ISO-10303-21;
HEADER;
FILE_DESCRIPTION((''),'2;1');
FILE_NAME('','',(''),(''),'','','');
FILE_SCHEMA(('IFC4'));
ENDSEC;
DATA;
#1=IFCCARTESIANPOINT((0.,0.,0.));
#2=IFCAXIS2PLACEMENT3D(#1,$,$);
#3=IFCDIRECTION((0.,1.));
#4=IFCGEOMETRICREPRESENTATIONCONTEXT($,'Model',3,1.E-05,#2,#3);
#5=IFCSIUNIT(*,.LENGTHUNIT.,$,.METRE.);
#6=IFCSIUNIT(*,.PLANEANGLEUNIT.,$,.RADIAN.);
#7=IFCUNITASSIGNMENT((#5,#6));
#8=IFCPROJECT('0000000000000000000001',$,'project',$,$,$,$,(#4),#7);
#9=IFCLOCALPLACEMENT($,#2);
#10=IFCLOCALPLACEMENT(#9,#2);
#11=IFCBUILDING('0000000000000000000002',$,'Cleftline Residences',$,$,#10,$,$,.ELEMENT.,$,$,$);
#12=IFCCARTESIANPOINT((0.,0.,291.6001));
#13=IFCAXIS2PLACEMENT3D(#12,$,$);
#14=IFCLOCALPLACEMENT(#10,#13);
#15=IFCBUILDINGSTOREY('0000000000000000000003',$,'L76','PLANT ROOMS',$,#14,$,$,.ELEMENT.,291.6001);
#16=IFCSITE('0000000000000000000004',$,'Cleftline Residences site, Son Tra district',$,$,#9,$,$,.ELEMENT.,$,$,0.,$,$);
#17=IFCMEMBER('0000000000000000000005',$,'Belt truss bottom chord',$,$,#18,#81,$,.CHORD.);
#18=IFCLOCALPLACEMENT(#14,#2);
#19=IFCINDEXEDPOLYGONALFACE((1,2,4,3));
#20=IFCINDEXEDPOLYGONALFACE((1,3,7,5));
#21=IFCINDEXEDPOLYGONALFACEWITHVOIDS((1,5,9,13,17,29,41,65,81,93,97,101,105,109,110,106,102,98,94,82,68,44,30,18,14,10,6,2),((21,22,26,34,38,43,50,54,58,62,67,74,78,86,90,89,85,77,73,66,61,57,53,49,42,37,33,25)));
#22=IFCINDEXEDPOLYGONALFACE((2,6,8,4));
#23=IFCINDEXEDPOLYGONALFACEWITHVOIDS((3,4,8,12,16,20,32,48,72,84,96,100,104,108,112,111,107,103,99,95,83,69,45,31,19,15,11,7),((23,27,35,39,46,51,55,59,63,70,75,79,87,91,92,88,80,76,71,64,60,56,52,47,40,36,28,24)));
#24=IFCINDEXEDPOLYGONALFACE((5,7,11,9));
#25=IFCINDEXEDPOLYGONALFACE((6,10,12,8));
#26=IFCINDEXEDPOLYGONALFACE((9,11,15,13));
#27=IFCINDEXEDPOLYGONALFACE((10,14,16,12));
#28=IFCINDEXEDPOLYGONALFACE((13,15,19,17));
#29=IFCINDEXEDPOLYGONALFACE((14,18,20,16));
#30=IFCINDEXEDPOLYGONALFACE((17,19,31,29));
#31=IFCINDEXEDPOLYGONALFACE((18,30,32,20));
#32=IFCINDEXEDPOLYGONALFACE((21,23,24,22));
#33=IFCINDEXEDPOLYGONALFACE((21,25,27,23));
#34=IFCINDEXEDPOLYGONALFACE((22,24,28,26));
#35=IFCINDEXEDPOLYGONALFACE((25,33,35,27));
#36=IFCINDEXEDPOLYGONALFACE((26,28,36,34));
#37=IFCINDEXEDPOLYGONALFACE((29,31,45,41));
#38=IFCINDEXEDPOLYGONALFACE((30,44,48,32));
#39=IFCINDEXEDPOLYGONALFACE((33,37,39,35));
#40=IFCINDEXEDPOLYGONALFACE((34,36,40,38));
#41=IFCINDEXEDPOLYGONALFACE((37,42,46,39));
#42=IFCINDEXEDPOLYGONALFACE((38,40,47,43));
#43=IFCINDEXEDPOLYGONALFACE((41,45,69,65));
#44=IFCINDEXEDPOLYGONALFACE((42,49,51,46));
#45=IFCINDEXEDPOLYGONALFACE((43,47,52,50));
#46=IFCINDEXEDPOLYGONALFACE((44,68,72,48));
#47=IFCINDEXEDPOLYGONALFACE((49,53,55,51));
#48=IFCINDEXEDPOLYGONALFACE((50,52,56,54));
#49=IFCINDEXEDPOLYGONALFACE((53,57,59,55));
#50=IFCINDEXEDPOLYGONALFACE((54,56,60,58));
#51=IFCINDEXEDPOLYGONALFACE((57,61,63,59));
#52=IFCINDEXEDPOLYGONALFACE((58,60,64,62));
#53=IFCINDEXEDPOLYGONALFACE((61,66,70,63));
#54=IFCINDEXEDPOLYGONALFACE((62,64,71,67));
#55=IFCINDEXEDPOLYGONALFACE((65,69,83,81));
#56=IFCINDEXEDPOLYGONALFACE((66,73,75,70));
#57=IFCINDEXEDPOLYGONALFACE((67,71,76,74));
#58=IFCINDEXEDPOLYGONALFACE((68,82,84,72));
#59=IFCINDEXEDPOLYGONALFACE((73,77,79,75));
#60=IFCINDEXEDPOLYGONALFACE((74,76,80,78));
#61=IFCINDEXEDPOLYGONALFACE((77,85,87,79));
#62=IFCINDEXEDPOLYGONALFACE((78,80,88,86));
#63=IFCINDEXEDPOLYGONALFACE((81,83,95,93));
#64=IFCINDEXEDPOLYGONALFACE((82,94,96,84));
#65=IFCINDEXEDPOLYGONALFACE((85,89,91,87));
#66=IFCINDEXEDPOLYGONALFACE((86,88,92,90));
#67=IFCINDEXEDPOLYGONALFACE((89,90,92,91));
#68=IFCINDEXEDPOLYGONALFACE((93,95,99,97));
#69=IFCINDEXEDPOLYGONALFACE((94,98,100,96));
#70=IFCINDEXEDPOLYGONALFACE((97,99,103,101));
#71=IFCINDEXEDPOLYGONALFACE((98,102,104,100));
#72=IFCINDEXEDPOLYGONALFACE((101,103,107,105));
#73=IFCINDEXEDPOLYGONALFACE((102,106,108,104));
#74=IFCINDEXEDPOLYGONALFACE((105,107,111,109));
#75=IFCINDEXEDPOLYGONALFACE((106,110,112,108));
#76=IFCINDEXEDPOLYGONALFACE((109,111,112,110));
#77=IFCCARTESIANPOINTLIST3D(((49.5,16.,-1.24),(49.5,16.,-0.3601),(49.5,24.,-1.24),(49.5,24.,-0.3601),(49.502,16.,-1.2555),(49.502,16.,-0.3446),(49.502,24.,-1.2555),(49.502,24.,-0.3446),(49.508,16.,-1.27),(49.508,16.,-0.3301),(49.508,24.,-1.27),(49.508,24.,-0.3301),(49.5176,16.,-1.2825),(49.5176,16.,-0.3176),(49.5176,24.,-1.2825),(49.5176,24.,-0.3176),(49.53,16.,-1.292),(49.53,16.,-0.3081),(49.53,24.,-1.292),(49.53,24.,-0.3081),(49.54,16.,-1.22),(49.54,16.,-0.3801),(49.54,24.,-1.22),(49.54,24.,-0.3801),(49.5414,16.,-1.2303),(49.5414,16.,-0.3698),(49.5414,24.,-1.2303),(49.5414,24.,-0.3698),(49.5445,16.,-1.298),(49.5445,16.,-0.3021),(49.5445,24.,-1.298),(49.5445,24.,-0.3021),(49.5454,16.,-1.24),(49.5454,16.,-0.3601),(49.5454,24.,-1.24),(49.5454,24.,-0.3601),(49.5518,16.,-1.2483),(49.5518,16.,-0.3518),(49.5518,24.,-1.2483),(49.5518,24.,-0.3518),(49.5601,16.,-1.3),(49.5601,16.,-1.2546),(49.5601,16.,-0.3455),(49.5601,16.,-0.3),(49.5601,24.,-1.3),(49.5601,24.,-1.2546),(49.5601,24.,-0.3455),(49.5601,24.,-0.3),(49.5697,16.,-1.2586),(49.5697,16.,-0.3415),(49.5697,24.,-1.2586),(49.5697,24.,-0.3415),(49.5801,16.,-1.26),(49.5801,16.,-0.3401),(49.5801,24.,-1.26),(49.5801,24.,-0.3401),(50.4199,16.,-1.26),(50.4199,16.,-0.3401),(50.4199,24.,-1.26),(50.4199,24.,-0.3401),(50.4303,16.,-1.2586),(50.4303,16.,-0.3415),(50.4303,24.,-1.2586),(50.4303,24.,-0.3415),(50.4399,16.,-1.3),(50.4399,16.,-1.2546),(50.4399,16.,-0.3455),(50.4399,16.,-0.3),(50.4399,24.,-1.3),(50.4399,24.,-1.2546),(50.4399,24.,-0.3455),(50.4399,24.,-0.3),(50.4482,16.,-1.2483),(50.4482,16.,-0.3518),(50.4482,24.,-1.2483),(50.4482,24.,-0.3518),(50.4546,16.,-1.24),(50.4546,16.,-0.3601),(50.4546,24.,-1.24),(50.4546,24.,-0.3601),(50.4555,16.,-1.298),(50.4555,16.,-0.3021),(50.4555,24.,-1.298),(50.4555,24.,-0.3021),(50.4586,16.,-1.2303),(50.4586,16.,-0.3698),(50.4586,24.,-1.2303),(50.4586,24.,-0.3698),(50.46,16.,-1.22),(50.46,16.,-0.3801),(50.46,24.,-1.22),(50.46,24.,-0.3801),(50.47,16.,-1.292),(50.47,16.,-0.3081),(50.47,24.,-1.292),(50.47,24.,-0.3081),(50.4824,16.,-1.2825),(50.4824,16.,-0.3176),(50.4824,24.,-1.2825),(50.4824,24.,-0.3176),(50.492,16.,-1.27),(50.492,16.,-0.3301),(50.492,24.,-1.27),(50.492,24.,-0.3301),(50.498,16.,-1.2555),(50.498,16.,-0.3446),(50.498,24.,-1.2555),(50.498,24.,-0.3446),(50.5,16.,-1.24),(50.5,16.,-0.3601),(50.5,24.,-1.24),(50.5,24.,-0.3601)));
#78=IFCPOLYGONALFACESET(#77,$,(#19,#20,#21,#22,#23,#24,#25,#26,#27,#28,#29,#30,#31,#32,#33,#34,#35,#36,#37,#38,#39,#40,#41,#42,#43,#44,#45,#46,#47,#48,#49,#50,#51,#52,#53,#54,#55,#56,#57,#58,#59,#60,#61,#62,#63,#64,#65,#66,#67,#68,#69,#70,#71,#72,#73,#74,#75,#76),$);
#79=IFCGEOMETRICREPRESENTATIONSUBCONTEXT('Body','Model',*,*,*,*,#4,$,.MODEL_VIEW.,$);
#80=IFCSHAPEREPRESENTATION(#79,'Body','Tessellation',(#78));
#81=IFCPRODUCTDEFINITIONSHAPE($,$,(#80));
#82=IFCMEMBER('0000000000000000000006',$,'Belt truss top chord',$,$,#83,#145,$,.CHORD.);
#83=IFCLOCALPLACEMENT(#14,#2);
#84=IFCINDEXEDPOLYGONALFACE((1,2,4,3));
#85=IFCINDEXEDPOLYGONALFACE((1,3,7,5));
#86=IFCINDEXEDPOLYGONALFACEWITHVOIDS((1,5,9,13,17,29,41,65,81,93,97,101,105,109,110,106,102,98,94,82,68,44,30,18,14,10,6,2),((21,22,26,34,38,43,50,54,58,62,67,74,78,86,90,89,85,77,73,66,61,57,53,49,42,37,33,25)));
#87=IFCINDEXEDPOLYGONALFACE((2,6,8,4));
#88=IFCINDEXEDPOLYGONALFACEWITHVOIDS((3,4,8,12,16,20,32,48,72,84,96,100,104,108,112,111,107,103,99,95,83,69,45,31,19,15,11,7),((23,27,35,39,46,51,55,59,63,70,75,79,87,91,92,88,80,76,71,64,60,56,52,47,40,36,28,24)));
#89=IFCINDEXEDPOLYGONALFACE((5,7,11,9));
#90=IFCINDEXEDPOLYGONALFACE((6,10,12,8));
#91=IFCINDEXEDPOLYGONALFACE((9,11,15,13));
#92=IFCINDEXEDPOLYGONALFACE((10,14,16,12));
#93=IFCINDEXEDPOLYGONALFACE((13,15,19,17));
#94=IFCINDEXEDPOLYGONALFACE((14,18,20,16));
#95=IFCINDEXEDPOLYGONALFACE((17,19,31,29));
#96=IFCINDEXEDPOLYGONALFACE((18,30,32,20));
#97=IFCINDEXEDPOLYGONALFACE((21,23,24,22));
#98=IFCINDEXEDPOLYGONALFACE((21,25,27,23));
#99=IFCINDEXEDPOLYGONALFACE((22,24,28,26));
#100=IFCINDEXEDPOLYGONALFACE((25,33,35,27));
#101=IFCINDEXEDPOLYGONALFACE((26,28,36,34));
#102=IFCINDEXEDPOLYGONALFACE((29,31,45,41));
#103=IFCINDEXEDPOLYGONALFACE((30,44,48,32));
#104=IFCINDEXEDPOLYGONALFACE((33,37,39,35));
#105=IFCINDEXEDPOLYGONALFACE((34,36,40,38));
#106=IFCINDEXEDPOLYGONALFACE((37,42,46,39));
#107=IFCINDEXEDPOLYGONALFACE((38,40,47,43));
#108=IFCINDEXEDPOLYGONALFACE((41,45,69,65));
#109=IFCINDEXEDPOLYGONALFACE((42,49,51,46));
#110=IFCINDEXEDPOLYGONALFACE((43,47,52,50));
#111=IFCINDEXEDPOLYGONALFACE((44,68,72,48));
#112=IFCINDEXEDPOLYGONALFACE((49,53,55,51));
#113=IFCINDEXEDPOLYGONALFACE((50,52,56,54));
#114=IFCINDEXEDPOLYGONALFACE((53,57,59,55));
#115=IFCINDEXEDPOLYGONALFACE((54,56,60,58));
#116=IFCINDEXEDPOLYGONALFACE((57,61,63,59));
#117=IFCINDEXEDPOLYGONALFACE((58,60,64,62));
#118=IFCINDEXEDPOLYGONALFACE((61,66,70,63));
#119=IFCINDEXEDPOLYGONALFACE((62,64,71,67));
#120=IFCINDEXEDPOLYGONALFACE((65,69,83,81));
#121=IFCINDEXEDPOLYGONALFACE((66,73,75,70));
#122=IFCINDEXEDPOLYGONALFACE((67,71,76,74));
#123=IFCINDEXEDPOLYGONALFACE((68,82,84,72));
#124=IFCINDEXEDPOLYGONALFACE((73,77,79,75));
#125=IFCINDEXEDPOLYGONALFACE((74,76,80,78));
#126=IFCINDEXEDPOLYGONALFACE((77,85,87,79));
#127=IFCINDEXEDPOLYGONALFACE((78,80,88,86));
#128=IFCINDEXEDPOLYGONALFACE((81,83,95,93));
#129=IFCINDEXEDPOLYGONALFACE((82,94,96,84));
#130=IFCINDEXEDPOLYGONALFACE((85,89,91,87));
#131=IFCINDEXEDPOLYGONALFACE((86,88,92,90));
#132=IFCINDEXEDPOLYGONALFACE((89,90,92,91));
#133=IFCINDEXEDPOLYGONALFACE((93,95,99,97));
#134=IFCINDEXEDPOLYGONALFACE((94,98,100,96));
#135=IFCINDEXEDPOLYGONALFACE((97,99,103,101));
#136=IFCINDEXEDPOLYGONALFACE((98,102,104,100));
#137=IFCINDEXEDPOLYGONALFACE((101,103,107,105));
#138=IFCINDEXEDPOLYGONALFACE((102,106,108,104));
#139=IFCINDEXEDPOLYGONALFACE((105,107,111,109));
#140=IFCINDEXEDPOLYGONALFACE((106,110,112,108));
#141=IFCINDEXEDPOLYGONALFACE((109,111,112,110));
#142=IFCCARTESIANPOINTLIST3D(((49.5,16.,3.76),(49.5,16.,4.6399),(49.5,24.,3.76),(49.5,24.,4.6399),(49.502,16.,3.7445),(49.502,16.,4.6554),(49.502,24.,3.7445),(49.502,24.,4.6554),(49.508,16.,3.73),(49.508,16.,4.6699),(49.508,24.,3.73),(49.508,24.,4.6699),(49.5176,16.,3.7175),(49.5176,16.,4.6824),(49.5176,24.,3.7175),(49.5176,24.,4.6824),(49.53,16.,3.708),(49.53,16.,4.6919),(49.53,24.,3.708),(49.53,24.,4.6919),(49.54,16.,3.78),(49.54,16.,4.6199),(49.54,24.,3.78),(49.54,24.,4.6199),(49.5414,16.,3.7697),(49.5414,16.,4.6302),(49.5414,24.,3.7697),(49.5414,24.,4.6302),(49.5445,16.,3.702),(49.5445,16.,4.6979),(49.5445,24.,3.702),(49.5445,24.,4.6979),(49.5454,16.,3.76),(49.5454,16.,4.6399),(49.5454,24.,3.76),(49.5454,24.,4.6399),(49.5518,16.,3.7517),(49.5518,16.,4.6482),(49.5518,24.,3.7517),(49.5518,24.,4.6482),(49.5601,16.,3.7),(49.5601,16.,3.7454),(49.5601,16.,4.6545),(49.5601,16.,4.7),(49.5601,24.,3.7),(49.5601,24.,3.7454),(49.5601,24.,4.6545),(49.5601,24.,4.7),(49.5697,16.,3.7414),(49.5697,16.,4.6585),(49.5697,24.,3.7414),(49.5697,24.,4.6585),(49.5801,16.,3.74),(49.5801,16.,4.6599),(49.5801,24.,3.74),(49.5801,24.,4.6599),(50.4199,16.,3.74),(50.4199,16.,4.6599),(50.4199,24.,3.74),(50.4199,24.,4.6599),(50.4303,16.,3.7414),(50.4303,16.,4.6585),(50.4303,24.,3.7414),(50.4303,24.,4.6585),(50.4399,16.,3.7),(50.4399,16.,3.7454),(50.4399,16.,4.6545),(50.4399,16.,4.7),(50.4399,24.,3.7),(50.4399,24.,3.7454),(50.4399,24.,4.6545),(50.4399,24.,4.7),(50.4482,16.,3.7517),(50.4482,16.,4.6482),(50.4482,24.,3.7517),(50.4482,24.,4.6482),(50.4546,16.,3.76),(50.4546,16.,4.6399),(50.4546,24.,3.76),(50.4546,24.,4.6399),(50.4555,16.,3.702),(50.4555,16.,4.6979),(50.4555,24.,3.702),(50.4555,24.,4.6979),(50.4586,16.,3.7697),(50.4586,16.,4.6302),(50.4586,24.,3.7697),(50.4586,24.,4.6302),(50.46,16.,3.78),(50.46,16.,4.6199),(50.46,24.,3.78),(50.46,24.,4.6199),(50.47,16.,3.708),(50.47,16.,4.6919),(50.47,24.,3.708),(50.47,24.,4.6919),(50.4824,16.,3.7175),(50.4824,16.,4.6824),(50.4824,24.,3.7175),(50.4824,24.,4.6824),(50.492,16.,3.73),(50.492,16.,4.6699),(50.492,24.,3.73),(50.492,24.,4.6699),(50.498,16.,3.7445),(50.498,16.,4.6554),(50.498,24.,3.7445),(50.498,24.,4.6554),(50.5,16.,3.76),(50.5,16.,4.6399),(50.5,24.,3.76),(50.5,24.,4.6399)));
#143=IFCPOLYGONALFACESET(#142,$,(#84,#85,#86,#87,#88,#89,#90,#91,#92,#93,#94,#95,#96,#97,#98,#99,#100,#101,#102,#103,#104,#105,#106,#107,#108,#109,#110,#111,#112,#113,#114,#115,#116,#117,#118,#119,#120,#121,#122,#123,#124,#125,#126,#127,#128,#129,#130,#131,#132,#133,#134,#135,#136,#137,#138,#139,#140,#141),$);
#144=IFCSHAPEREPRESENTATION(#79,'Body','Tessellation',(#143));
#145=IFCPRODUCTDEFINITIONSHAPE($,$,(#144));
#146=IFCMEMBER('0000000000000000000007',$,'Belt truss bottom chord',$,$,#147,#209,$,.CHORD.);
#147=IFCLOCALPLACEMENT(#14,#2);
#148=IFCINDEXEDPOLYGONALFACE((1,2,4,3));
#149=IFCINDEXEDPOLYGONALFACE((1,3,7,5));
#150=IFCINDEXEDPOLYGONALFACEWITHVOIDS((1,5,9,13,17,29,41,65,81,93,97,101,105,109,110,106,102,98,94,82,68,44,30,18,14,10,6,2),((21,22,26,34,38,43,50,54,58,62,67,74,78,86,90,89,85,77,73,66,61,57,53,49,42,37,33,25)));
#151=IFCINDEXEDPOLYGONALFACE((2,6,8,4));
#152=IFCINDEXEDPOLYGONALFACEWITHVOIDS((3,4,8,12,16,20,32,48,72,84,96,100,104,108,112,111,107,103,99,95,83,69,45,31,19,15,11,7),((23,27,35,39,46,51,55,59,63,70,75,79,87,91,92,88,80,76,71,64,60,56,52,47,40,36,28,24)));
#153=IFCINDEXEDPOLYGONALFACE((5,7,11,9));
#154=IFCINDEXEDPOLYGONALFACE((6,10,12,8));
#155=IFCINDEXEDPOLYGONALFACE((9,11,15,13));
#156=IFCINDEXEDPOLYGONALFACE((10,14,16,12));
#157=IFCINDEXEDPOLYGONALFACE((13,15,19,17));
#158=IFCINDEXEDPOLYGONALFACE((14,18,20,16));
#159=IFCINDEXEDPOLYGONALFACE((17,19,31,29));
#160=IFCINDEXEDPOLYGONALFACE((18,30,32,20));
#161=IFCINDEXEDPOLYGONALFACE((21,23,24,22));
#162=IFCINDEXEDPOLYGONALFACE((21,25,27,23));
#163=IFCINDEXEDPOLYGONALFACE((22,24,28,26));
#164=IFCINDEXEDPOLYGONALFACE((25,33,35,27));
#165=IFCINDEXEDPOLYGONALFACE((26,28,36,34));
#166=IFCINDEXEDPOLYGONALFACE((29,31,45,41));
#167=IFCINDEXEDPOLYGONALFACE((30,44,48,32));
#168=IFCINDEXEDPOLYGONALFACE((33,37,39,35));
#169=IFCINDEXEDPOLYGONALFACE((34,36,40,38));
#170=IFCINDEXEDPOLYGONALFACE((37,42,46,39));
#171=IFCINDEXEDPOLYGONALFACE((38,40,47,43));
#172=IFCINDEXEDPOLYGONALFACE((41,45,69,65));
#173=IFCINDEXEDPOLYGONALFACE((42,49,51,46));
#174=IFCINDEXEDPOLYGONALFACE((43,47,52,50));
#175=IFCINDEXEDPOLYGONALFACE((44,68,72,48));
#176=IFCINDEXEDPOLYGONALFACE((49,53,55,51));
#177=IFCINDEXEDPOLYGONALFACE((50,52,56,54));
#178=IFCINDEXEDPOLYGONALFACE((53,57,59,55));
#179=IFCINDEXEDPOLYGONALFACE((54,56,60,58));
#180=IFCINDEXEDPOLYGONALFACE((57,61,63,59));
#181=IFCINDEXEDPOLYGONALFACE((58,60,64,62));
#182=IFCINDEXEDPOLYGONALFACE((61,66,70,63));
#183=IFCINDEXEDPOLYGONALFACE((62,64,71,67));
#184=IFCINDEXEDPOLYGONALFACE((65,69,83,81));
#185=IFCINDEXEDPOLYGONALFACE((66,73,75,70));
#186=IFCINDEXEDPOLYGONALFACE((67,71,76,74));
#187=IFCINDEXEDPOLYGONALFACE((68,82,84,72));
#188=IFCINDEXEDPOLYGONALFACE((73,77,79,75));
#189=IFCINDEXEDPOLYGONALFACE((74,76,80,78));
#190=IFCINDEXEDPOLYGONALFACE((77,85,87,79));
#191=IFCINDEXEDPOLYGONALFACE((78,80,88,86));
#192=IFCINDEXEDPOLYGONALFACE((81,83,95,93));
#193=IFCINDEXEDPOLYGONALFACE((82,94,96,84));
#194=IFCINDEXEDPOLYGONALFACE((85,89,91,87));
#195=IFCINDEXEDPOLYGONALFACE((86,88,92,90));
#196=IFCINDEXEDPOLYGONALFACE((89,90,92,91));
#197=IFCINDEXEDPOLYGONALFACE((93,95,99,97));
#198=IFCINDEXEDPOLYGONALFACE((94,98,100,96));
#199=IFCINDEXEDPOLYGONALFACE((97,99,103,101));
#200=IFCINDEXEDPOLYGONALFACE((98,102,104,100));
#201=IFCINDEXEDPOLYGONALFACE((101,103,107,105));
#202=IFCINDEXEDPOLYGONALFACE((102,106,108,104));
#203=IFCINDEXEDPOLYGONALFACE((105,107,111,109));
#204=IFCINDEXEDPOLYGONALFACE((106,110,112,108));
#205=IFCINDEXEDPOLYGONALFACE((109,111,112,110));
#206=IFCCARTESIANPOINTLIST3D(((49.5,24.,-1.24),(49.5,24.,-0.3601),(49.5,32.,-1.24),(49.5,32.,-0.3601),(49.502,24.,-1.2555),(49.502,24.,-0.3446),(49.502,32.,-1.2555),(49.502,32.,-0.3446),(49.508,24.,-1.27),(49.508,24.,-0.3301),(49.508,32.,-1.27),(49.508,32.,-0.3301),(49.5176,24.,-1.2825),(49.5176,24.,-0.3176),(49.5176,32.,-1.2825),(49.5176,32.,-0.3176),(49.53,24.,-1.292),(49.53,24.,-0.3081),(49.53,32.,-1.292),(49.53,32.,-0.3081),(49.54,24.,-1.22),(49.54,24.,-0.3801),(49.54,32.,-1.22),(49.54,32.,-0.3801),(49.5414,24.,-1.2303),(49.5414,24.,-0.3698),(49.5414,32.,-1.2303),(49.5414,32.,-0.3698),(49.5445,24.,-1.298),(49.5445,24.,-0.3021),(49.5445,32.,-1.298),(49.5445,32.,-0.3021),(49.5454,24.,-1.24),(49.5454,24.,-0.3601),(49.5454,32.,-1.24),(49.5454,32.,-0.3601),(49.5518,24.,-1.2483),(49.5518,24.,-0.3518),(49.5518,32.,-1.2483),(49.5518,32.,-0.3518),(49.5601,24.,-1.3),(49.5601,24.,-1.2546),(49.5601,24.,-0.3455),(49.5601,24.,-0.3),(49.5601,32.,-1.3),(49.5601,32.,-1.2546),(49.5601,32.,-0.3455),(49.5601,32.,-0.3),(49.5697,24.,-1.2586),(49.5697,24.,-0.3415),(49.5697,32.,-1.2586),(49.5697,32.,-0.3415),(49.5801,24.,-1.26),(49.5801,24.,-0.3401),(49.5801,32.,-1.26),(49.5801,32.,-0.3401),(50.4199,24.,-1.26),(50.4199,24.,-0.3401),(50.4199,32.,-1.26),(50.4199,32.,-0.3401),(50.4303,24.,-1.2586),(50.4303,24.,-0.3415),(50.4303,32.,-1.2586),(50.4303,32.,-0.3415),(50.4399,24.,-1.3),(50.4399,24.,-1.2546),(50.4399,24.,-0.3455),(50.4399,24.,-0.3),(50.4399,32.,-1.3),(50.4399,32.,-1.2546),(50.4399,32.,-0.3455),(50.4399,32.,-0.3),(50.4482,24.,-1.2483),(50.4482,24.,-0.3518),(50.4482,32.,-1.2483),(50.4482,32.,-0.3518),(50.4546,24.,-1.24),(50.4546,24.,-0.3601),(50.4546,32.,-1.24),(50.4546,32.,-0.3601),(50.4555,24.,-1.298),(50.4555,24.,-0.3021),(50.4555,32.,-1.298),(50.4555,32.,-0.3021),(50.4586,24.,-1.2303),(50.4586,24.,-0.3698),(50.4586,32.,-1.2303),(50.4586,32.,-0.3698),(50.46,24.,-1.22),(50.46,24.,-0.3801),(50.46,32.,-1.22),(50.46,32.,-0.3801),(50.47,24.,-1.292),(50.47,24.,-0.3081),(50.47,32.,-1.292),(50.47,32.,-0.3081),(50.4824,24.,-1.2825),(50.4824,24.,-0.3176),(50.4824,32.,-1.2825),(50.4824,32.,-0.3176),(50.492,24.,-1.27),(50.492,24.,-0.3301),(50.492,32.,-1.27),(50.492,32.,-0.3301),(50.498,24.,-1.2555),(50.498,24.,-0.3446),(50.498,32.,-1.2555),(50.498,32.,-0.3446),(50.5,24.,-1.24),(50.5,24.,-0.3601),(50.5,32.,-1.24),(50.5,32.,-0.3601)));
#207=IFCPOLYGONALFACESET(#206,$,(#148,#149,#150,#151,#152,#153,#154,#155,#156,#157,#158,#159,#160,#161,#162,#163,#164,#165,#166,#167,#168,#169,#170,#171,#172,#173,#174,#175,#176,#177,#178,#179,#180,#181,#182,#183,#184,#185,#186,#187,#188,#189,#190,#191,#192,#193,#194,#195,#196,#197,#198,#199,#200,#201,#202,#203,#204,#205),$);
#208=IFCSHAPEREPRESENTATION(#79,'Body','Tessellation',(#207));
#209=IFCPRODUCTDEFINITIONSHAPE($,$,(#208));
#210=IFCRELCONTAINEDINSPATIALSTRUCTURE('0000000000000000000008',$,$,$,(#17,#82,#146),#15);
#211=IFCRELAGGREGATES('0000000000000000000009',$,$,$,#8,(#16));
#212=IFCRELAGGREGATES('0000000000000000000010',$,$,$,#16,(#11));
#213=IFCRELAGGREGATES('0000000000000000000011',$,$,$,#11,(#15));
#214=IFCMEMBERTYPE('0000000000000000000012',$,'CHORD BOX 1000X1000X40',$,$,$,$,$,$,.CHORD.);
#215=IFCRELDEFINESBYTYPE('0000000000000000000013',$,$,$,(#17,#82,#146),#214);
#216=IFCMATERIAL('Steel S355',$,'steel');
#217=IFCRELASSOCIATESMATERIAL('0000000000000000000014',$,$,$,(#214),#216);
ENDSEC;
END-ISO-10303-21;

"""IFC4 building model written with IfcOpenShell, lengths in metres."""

from ifc_helpers import new_model, si_unit, direction, frame, origin, origin_2d, place, context, subcontext, project, spatial, hollow_rectangle, extrude, material, material_profile, profile_set, type_object, element, save


model = new_model("IFC4")

# Units and contexts
model_context = context("Model", 3, precision=1e-05, world=origin(), true_north=direction((0.0, 1.0)))
body_context = subcontext(model_context, "Body", "Model", "MODEL_VIEW")
ifc_project = project(units=[si_unit("LENGTHUNIT", "METRE"), si_unit("PLANEANGLEUNIT", "RADIAN")], contexts=[model_context])

# Site, building, storey
site_placement = place(None, origin())
site = spatial("IfcSite", under=ifc_project, at=site_placement, Name="Cleftline Residences site, Son Tra district", CompositionType="ELEMENT", RefElevation=0.0)
building_placement = place(site_placement, origin())
building = spatial("IfcBuilding", under=site, at=building_placement, Name="Cleftline Residences", CompositionType="ELEMENT")
storey_placement = place(building_placement, frame((0.0, 0.0, 291.6001)))
storey = spatial("IfcBuildingStorey", under=building, at=storey_placement, Name="L76", Description="PLANT ROOMS", CompositionType="ELEMENT", Elevation=291.6001)

# Members
ifc_material_1 = material(Name="Steel S355", Category="steel")
ifc_material_profile_1 = material_profile(ifc_material_1, hollow_rectangle(XDim=1.0, YDim=1.0, WallThickness=0.04, InnerFilletRadius=0.04, OuterFilletRadius=0.0601, at=origin_2d()))
ifc_profile_set_1 = profile_set([ifc_material_profile_1], Name="Steel S355")
member_type_1 = type_object("IfcMemberType", Name="CHORD BOX 1000X1000X40", PredefinedType="CHORD", material=ifc_profile_set_1)
for number, where, z_axis, x_axis, name in (
    (1, (50.0, 16.0, -0.8), (0.0, 1.0, 0.0), (-1.0, 0.0, 0.0), "Belt truss bottom chord"),
    (2, (50.0, 16.0, 4.2), (0.0, 1.0, 0.0), (-1.0, 0.0, 0.0), "Belt truss top chord"),
    (3, (50.0, 24.0, -0.8), (0.0, 1.0, 0.0), (-1.0, 0.0, 0.0), "Belt truss bottom chord"),
):
    element("IfcMember", number, at=place(storey_placement, frame(where, z_axis=z_axis, x_axis=x_axis)), inside=storey, type_object=member_type_1, Name=name, PredefinedType="CHORD", context=body_context, shape_type="SweptSolid", body=[
        extrude(hollow_rectangle(XDim=1.0, YDim=1.0, WallThickness=0.04, InnerFilletRadius=0.04, OuterFilletRadius=0.0601, at=origin_2d()), origin(), (0.0, 0.0, 1.0), 8.0),
    ])

save(model, "model.ifc")
